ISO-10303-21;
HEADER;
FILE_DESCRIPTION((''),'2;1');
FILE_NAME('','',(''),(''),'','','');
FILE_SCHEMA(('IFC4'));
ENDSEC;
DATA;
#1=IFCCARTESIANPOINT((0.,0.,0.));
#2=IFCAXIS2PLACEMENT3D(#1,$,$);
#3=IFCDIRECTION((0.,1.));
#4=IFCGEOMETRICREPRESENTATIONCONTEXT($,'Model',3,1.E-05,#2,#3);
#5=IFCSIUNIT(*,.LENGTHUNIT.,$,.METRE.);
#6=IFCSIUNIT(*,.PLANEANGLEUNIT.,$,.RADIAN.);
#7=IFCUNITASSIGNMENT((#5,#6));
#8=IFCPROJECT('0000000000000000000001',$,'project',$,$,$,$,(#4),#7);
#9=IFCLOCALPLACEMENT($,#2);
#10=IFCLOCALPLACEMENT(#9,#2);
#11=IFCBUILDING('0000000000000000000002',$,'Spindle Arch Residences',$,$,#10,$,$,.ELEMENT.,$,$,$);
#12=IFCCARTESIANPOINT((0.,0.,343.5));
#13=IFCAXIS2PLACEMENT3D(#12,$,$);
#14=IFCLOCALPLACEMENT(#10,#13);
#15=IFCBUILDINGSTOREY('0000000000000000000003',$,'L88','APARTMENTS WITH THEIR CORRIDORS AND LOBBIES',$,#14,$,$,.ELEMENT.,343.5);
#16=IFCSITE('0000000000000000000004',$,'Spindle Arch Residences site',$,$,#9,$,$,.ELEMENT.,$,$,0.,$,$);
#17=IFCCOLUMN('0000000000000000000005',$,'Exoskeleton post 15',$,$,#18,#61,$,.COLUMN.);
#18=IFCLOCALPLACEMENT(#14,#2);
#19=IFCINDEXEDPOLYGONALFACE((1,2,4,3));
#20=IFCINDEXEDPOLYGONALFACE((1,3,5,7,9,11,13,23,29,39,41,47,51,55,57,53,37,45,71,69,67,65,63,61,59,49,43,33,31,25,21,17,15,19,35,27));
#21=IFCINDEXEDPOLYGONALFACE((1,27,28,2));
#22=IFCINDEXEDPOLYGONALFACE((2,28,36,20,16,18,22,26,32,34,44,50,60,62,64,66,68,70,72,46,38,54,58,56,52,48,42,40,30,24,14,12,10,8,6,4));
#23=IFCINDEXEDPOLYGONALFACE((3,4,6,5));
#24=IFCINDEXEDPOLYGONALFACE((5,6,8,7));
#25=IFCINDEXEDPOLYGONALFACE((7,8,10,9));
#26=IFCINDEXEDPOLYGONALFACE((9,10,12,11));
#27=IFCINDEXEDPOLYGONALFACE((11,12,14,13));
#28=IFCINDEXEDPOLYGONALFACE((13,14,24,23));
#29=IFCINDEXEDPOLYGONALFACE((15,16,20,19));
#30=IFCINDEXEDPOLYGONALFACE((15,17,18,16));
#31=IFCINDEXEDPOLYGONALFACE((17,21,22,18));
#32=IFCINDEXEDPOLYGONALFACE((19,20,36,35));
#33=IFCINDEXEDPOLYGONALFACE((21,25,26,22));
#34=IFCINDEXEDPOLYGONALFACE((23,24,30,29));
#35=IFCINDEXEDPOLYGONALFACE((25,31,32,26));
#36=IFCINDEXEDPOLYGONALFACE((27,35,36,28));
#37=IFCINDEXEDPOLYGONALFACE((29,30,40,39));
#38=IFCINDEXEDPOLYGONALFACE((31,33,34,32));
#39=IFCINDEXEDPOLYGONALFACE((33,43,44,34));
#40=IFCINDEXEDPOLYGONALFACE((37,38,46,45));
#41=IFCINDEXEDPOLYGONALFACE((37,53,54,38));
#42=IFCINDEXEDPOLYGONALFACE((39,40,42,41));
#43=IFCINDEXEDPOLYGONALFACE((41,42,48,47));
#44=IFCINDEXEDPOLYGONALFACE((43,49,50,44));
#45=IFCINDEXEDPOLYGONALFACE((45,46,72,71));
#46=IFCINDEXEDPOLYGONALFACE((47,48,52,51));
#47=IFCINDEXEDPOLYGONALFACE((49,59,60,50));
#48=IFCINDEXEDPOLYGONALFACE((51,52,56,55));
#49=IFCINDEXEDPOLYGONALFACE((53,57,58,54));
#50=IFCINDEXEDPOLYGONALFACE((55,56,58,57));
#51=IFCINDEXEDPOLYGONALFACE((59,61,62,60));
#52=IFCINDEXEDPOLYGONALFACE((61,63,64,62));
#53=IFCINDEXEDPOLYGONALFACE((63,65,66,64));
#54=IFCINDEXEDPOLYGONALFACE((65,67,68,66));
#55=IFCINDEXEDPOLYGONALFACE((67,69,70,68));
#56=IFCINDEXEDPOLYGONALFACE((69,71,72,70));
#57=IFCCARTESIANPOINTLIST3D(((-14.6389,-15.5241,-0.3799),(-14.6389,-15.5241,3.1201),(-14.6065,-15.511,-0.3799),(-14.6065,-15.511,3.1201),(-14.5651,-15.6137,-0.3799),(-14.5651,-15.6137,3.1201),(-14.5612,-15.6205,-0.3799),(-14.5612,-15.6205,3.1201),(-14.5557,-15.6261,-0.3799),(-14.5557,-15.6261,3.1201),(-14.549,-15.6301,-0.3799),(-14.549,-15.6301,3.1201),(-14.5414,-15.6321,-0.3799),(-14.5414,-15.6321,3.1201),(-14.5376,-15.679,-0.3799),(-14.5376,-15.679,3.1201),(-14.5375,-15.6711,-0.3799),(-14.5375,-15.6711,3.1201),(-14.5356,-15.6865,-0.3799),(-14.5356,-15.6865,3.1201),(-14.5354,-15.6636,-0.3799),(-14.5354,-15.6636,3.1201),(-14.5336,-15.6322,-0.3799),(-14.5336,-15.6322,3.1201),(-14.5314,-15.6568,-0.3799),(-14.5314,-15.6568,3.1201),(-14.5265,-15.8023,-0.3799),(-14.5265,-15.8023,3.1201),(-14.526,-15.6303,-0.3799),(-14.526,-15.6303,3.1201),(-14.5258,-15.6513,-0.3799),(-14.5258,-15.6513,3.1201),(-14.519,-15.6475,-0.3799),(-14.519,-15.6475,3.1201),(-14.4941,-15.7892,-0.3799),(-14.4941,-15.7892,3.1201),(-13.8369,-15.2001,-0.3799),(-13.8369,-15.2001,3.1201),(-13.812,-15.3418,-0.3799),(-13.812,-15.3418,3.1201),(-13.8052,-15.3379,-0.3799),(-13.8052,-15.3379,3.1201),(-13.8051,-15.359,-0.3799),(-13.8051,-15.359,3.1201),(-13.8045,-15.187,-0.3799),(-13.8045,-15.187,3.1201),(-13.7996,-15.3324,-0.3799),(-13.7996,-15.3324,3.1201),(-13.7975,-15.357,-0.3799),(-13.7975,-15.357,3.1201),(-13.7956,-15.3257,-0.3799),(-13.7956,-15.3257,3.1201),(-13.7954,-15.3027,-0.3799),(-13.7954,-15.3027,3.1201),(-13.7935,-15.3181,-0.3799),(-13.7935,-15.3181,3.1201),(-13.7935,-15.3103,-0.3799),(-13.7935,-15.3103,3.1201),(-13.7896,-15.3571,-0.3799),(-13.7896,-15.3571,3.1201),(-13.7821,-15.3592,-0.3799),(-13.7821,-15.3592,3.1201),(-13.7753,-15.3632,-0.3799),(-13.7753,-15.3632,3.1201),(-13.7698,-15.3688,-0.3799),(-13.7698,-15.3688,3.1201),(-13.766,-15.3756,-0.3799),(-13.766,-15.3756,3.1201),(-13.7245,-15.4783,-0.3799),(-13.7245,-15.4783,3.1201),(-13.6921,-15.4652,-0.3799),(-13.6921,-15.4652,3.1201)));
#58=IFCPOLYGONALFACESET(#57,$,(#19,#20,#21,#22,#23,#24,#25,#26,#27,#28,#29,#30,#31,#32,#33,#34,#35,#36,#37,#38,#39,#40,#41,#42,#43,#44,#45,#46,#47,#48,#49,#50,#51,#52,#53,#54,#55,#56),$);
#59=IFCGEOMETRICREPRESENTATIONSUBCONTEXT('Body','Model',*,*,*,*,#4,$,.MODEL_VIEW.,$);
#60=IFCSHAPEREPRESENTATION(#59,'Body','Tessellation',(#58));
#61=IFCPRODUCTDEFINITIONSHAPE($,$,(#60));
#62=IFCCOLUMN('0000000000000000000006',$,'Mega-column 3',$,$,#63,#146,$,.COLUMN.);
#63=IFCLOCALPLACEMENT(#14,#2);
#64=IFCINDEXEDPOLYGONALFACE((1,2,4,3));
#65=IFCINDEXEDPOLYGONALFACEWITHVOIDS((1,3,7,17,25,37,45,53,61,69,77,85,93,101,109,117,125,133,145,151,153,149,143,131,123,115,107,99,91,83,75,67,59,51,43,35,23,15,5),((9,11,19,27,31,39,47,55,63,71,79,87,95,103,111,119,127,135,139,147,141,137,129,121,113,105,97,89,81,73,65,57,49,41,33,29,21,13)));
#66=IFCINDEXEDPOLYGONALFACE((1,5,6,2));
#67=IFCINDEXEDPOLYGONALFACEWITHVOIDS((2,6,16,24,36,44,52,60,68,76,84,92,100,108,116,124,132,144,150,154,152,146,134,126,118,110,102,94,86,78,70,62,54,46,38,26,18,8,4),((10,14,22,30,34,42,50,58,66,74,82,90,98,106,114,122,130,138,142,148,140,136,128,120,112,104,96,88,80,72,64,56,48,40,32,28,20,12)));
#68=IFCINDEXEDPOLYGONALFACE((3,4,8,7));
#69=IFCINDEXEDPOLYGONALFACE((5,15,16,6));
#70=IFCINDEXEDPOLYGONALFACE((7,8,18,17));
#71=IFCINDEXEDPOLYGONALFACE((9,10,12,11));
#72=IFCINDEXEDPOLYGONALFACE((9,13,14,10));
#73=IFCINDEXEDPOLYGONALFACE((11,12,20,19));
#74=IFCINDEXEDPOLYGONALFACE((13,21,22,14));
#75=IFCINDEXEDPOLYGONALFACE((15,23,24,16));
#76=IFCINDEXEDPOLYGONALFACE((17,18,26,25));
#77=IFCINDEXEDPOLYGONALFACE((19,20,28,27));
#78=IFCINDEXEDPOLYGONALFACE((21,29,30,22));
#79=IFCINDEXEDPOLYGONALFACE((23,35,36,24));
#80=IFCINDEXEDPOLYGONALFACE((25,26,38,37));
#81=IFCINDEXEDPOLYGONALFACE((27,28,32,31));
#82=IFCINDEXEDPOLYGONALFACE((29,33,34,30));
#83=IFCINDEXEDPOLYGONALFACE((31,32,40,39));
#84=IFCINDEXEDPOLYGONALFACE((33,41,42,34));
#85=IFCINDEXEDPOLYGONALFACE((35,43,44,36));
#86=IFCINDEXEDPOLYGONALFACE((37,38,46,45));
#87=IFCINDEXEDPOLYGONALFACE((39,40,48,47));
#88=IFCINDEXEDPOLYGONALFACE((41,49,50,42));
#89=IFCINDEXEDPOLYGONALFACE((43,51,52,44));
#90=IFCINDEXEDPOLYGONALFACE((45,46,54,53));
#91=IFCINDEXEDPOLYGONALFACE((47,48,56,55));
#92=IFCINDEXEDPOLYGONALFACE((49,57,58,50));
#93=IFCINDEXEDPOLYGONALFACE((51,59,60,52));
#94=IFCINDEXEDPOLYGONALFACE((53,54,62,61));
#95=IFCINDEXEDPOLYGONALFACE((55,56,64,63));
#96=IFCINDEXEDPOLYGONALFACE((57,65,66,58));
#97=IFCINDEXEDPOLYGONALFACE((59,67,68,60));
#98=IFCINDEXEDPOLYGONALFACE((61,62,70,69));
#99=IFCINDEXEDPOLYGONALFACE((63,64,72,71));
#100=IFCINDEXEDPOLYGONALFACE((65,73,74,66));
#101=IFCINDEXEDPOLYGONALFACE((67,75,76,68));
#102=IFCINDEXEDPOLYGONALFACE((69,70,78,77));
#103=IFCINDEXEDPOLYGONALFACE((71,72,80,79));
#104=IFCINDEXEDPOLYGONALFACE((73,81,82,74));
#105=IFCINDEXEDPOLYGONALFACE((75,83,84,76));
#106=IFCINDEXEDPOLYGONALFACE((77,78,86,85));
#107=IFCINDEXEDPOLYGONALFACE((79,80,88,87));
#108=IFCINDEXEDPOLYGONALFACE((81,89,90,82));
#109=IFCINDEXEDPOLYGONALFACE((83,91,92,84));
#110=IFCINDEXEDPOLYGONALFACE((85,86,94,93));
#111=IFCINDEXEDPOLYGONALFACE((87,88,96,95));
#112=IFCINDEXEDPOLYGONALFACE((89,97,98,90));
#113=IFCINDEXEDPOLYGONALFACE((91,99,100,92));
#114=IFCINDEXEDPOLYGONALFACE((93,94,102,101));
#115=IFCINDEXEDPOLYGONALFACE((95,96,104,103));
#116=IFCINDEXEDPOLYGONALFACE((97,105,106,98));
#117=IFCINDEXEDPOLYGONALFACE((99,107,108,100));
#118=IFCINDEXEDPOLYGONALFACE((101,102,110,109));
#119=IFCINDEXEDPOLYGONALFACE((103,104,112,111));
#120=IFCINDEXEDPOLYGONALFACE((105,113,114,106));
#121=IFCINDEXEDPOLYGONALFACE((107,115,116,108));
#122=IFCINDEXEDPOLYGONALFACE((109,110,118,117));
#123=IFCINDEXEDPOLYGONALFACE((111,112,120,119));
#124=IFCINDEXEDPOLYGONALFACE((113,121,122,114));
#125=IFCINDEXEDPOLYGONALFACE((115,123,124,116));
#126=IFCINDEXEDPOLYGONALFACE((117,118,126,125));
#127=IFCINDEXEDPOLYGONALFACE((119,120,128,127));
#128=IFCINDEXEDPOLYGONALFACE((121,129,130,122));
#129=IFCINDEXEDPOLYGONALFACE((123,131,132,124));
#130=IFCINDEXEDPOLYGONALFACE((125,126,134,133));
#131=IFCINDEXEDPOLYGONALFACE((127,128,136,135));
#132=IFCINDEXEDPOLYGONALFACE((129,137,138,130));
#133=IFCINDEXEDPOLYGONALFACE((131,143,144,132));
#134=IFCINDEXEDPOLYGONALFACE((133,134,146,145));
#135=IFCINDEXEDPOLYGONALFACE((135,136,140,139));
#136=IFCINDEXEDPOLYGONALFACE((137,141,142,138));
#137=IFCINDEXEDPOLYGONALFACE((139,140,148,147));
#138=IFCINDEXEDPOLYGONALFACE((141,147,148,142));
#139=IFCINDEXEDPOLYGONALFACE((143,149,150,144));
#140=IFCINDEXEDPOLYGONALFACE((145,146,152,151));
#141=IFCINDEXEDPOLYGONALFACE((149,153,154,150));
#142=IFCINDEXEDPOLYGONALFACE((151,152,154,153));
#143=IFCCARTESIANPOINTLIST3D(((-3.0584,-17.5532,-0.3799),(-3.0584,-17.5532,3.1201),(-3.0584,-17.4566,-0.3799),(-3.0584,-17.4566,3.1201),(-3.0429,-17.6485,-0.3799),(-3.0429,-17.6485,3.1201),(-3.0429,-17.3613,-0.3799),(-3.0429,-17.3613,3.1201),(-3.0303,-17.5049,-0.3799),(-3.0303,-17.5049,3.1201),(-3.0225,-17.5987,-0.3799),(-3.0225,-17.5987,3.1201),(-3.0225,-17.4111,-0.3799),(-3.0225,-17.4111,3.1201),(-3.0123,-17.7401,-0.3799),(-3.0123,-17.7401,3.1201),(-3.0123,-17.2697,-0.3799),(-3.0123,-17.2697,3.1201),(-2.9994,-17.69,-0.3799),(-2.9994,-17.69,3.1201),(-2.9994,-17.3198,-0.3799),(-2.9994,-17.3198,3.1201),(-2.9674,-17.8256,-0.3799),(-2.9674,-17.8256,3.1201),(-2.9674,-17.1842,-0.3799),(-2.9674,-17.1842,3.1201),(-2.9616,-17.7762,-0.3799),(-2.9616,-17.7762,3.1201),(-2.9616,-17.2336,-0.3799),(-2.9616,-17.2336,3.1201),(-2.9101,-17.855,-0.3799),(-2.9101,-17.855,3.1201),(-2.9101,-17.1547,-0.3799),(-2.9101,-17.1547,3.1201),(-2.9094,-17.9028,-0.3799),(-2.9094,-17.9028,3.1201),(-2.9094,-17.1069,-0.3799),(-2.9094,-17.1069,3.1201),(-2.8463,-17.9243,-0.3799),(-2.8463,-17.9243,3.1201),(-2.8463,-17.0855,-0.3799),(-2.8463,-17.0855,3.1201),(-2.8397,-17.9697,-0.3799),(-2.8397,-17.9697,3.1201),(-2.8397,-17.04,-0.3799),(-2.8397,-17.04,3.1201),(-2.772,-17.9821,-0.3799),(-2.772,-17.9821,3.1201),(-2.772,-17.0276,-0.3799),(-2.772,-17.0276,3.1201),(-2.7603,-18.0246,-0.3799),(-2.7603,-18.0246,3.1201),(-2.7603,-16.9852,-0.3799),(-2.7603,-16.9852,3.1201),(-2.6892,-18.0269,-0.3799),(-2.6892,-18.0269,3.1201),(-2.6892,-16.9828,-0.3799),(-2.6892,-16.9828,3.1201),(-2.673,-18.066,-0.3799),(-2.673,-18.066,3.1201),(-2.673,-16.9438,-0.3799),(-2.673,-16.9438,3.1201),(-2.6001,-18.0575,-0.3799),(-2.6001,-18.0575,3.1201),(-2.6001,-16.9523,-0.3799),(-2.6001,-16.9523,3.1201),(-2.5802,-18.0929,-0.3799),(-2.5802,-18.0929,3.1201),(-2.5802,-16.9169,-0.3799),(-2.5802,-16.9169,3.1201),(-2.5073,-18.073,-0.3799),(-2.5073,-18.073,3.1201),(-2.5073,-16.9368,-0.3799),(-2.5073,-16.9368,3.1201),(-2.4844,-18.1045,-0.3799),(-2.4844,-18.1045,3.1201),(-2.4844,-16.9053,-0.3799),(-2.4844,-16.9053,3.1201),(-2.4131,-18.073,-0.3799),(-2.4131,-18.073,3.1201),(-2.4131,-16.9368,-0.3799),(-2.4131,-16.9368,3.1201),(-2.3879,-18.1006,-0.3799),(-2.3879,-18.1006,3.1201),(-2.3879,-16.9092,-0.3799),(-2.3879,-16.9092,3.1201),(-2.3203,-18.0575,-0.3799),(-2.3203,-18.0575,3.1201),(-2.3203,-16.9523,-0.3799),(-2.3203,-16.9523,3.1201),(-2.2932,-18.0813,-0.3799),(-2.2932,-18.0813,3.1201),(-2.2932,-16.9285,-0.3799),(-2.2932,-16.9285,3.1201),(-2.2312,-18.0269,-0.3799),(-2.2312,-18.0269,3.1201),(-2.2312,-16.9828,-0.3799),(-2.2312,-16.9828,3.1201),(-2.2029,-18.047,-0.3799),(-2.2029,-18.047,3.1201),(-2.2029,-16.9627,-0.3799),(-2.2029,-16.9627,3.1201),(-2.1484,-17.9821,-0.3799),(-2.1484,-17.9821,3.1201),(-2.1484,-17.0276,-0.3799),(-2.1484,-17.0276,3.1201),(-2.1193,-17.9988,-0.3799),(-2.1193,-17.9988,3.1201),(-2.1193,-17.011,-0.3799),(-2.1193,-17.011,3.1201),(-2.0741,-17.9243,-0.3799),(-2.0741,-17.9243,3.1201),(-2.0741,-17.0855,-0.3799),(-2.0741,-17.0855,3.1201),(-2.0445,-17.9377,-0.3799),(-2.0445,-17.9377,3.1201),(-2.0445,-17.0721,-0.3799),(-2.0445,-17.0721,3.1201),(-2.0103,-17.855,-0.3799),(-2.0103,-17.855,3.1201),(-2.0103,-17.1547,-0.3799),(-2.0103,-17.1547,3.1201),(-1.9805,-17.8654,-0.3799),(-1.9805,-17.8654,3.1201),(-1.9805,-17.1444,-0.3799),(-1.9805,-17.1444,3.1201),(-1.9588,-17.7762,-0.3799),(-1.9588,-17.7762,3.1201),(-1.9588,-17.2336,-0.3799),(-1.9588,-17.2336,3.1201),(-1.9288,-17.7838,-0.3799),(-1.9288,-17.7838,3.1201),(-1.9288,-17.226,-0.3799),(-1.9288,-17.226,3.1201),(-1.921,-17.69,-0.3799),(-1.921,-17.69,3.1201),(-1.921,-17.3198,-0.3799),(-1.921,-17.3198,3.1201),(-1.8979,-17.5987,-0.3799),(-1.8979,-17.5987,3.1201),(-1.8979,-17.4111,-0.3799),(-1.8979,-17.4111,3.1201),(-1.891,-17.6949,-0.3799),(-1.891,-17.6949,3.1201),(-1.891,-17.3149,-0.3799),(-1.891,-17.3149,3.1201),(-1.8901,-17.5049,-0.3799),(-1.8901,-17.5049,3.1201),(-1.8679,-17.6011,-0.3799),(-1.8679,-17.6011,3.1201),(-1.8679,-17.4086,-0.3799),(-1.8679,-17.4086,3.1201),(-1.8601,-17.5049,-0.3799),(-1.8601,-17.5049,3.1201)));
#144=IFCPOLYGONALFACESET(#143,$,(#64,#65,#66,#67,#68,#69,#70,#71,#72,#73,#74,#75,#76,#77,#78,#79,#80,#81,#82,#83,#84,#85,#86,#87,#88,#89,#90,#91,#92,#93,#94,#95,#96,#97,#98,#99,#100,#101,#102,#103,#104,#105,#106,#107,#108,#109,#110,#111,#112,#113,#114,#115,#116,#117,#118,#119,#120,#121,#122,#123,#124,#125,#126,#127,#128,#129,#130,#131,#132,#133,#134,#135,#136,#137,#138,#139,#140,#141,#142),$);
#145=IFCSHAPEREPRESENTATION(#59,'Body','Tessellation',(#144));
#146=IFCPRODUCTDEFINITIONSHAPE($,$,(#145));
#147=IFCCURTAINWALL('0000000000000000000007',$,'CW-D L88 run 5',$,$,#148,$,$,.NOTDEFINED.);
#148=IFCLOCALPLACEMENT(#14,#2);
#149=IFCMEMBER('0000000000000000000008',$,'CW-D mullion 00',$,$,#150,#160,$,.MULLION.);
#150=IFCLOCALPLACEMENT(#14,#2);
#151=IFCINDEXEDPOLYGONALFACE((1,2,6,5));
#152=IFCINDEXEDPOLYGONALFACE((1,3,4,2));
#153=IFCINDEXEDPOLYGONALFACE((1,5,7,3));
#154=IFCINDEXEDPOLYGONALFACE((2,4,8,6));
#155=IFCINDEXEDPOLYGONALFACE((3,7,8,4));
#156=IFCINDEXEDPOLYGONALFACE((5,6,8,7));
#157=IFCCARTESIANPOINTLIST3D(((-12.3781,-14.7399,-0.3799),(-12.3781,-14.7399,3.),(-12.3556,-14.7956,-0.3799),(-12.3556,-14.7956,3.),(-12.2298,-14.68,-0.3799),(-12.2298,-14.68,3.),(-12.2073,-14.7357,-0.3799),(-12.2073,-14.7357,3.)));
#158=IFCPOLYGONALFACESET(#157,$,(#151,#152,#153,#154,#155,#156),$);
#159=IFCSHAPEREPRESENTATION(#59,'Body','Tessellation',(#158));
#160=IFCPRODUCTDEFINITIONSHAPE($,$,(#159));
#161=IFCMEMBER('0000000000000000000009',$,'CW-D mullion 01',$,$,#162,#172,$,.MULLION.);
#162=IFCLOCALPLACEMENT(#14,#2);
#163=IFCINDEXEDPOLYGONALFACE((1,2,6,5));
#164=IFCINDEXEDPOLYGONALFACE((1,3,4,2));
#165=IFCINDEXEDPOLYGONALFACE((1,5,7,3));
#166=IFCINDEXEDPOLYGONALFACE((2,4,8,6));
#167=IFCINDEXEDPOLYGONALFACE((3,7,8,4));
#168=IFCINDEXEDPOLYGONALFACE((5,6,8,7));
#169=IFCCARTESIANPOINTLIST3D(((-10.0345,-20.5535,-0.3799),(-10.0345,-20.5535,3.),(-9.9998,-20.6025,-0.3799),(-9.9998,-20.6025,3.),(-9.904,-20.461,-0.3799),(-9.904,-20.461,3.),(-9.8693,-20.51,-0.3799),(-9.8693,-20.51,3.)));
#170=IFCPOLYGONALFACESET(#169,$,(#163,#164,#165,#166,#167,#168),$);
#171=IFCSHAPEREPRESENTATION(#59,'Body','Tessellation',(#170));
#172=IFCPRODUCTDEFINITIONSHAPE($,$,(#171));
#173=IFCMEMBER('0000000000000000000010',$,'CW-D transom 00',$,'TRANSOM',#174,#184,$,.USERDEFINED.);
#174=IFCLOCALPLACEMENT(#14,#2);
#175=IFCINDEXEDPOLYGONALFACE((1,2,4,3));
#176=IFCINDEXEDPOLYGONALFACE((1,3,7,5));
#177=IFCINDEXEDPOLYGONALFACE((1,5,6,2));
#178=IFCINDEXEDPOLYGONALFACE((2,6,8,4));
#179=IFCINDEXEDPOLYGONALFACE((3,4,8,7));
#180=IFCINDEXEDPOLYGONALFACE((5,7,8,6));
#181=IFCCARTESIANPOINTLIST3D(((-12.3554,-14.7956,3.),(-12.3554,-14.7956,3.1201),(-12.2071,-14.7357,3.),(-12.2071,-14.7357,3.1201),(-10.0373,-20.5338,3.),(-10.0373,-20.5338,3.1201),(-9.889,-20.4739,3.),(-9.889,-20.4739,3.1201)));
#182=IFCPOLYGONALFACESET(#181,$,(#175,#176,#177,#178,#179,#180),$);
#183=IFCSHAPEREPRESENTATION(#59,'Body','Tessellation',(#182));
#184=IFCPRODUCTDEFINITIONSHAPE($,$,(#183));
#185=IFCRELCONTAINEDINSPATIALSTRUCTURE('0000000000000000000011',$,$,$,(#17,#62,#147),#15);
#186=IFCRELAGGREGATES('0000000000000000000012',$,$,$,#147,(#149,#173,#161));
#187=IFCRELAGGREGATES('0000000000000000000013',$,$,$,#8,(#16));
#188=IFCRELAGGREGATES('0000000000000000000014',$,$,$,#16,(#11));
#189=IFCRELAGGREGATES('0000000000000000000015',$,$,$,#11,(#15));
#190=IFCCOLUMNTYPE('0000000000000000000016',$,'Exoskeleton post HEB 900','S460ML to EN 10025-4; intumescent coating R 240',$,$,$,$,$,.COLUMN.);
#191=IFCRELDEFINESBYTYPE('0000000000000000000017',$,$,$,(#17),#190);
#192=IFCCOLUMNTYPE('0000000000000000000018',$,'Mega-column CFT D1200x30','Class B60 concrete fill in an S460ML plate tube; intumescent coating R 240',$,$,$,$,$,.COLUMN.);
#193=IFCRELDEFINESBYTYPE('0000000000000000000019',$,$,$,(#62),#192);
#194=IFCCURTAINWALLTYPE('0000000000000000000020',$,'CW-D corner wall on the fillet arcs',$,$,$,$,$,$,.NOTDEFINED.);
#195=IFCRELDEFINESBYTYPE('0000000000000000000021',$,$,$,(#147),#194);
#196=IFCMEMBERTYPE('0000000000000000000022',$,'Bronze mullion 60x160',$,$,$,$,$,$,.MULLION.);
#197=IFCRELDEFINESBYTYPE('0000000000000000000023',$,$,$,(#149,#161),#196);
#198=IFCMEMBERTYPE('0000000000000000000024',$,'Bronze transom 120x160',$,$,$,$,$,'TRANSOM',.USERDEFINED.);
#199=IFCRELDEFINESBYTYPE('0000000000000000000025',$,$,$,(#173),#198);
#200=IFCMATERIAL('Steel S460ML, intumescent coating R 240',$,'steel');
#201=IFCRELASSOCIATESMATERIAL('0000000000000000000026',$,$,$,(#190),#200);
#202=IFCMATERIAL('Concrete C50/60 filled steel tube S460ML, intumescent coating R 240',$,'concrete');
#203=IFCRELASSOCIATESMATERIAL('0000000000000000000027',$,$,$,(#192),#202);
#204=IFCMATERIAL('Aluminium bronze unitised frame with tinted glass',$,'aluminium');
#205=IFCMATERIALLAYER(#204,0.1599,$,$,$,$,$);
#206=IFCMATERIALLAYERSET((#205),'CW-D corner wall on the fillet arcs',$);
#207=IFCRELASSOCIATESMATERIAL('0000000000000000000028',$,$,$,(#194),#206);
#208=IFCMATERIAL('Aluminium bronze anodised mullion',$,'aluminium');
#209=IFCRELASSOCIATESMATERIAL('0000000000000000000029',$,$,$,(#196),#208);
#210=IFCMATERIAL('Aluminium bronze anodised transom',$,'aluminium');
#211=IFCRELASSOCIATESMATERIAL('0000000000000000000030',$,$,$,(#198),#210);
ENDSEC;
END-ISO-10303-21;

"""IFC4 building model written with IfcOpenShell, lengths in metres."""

from ifc_helpers import new_model, si_unit, direction, frame, origin, origin_2d, place, context, subcontext, project, spatial, rectangle, hollow_circle, i_section, extrude, material, layer, layer_set, material_profile, profile_set, type_object, element, aggregate, save


model = new_model("IFC4")

# Units and contexts
model_context = context("Model", 3, precision=1e-05, world=origin(), true_north=direction((0.0, 1.0)))
body_context = subcontext(model_context, "Body", "Model", "MODEL_VIEW")
ifc_project = project(units=[si_unit("LENGTHUNIT", "METRE"), si_unit("PLANEANGLEUNIT", "RADIAN")], contexts=[model_context])

# Site, building, storey
site_placement = place(None, origin())
site = spatial("IfcSite", under=ifc_project, at=site_placement, Name="Spindle Arch Residences site", CompositionType="ELEMENT", RefElevation=0.0)
building_placement = place(site_placement, origin())
building = spatial("IfcBuilding", under=site, at=building_placement, Name="Spindle Arch Residences", CompositionType="ELEMENT")
storey_placement = place(building_placement, frame((0.0, 0.0, 343.5)))
storey = spatial("IfcBuildingStorey", under=building, at=storey_placement, Name="L88", Description="APARTMENTS WITH THEIR CORRIDORS AND LOBBIES", CompositionType="ELEMENT", Elevation=343.5)

# Columns
ifc_material_1 = material(Name="Steel S460ML, intumescent coating R 240", Category="steel")
ifc_material_profile_1 = material_profile(ifc_material_1, i_section(OverallWidth=0.3, OverallDepth=0.8999, WebThickness=0.0186, FlangeThickness=0.0349, FilletRadius=0.03, at=origin_2d()), Name="HEB 900")
ifc_profile_set_1 = profile_set([ifc_material_profile_1], Name="Steel S460ML, intumescent coating R 240")
column_type_1 = type_object("IfcColumnType", Name="Exoskeleton post HEB 900", Description="S460ML to EN 10025-4; intumescent coating R 240", PredefinedType="COLUMN", material=ifc_profile_set_1)
column_1_placement = place(storey_placement, frame((-14.1655, -15.4946, -0.3799), z_axis=(0.0, 0.0, 1.0), x_axis=(-0.374607, 0.927184, 0.0)))
element("IfcColumn", 1, at=column_1_placement, inside=storey, type_object=column_type_1, Name="Exoskeleton post 15", PredefinedType="COLUMN", context=body_context, shape_type="SweptSolid", body=[
    extrude(i_section(OverallWidth=0.3, OverallDepth=0.8999, WebThickness=0.0186, FlangeThickness=0.0349, FilletRadius=0.03, at=origin_2d()), origin(), (0.0, 0.0, 1.0), 3.5),
])
ifc_material_2 = material(Name="Concrete C50/60 filled steel tube S460ML, intumescent coating R 240", Category="concrete")
ifc_material_profile_2 = material_profile(ifc_material_2, hollow_circle(Radius=0.6001, WallThickness=0.03, at=origin_2d()), Name="CFT D1200x30")
ifc_profile_set_2 = profile_set([ifc_material_profile_2], Name="Concrete C50/60 filled steel tube S460ML, intumescent coating R 240")
column_type_2 = type_object("IfcColumnType", Name="Mega-column CFT D1200x30", Description="Class B60 concrete fill in an S460ML plate tube; intumescent coating R 240", PredefinedType="COLUMN", material=ifc_profile_set_2)
column_2_placement = place(storey_placement, frame((-2.4602, -17.5049, -0.3799), z_axis=(0.0, 0.0, 1.0), x_axis=(1.0, 0.0, 0.0)))
element("IfcColumn", 2, at=column_2_placement, inside=storey, type_object=column_type_2, Name="Mega-column 3", PredefinedType="COLUMN", context=body_context, shape_type="SweptSolid", body=[
    extrude(hollow_circle(Radius=0.6001, WallThickness=0.03, at=origin_2d()), origin(), (0.0, 0.0, 1.0), 3.5),
])

# Curtain wall, members
ifc_material_3 = material(Name="Aluminium bronze unitised frame with tinted glass", Category="aluminium")
ifc_layer_1 = layer(ifc_material_3, 0.1599)
ifc_layer_set_1 = layer_set([ifc_layer_1], Name="CW-D corner wall on the fillet arcs")
curtain_wall_type_1 = type_object("IfcCurtainWallType", Name="CW-D corner wall on the fillet arcs", PredefinedType="NOTDEFINED", material=ifc_layer_set_1)
curtain_wall_1_placement = place(storey_placement, origin())
curtain_wall_1 = element("IfcCurtainWall", 3, at=curtain_wall_1_placement, inside=storey, type_object=curtain_wall_type_1, Name="CW-D L88 run 5", PredefinedType="NOTDEFINED")
ifc_material_4 = material(Name="Aluminium bronze anodised mullion", Category="aluminium")
ifc_material_profile_3 = material_profile(ifc_material_4, rectangle(XDim=0.1599, YDim=0.0601, at=origin_2d()), Name="MU 60x160")
ifc_profile_set_3 = profile_set([ifc_material_profile_3], Name="Aluminium bronze anodised mullion")
member_type_1 = type_object("IfcMemberType", Name="Bronze mullion 60x160", PredefinedType="MULLION", material=ifc_profile_set_3)
member_1_placement = place(storey_placement, frame((-12.2927, -14.7378, -0.3799), z_axis=(0.0, 0.0, 1.0), x_axis=(0.927184, 0.374607, 0.0)))
member_1 = element("IfcMember", 4, at=member_1_placement, type_object=member_type_1, Name="CW-D mullion 00", PredefinedType="MULLION", context=body_context, shape_type="SweptSolid", body=[
    extrude(rectangle(XDim=0.1599, YDim=0.0601, at=origin_2d()), origin(), (0.0, 0.0, 1.0), 3.3799),
])
member_2_placement = place(storey_placement, frame((-9.9519, -20.5317, -0.3799), z_axis=(0.0, 0.0, 1.0), x_axis=(0.815801, 0.578332, 0.0)))
member_2 = element("IfcMember", 5, at=member_2_placement, type_object=member_type_1, Name="CW-D mullion 01", PredefinedType="MULLION", context=body_context, shape_type="SweptSolid", body=[
    extrude(rectangle(XDim=0.1599, YDim=0.0601, at=origin_2d()), origin(), (0.0, 0.0, 1.0), 3.3799),
])
ifc_material_5 = material(Name="Aluminium bronze anodised transom", Category="aluminium")
ifc_material_profile_4 = material_profile(ifc_material_5, rectangle(XDim=0.1599, YDim=0.1201, at=origin_2d()), Name="TR 120x160")
ifc_profile_set_4 = profile_set([ifc_material_profile_4], Name="Aluminium bronze anodised transom")
member_type_2 = type_object("IfcMemberType", Name="Bronze transom 120x160", ElementType="TRANSOM", PredefinedType="USERDEFINED", material=ifc_profile_set_4)
member_3_placement = place(storey_placement, frame((-12.2812, -14.7656, 3.0601), z_axis=(0.374565, -0.927201, 0.0), x_axis=(0.927201, 0.374565, 0.0)))
member_3 = element("IfcMember", 6, at=member_3_placement, type_object=member_type_2, Name="CW-D transom 00", ObjectType="TRANSOM", PredefinedType="USERDEFINED", context=body_context, shape_type="SweptSolid", body=[
    extrude(rectangle(XDim=0.1599, YDim=0.1201, at=origin_2d()), origin(), (0.0, 0.0, 1.0), 6.1887),
])

aggregate(curtain_wall_1, [member_1, member_3, member_2])

save(model, "model.ifc")
